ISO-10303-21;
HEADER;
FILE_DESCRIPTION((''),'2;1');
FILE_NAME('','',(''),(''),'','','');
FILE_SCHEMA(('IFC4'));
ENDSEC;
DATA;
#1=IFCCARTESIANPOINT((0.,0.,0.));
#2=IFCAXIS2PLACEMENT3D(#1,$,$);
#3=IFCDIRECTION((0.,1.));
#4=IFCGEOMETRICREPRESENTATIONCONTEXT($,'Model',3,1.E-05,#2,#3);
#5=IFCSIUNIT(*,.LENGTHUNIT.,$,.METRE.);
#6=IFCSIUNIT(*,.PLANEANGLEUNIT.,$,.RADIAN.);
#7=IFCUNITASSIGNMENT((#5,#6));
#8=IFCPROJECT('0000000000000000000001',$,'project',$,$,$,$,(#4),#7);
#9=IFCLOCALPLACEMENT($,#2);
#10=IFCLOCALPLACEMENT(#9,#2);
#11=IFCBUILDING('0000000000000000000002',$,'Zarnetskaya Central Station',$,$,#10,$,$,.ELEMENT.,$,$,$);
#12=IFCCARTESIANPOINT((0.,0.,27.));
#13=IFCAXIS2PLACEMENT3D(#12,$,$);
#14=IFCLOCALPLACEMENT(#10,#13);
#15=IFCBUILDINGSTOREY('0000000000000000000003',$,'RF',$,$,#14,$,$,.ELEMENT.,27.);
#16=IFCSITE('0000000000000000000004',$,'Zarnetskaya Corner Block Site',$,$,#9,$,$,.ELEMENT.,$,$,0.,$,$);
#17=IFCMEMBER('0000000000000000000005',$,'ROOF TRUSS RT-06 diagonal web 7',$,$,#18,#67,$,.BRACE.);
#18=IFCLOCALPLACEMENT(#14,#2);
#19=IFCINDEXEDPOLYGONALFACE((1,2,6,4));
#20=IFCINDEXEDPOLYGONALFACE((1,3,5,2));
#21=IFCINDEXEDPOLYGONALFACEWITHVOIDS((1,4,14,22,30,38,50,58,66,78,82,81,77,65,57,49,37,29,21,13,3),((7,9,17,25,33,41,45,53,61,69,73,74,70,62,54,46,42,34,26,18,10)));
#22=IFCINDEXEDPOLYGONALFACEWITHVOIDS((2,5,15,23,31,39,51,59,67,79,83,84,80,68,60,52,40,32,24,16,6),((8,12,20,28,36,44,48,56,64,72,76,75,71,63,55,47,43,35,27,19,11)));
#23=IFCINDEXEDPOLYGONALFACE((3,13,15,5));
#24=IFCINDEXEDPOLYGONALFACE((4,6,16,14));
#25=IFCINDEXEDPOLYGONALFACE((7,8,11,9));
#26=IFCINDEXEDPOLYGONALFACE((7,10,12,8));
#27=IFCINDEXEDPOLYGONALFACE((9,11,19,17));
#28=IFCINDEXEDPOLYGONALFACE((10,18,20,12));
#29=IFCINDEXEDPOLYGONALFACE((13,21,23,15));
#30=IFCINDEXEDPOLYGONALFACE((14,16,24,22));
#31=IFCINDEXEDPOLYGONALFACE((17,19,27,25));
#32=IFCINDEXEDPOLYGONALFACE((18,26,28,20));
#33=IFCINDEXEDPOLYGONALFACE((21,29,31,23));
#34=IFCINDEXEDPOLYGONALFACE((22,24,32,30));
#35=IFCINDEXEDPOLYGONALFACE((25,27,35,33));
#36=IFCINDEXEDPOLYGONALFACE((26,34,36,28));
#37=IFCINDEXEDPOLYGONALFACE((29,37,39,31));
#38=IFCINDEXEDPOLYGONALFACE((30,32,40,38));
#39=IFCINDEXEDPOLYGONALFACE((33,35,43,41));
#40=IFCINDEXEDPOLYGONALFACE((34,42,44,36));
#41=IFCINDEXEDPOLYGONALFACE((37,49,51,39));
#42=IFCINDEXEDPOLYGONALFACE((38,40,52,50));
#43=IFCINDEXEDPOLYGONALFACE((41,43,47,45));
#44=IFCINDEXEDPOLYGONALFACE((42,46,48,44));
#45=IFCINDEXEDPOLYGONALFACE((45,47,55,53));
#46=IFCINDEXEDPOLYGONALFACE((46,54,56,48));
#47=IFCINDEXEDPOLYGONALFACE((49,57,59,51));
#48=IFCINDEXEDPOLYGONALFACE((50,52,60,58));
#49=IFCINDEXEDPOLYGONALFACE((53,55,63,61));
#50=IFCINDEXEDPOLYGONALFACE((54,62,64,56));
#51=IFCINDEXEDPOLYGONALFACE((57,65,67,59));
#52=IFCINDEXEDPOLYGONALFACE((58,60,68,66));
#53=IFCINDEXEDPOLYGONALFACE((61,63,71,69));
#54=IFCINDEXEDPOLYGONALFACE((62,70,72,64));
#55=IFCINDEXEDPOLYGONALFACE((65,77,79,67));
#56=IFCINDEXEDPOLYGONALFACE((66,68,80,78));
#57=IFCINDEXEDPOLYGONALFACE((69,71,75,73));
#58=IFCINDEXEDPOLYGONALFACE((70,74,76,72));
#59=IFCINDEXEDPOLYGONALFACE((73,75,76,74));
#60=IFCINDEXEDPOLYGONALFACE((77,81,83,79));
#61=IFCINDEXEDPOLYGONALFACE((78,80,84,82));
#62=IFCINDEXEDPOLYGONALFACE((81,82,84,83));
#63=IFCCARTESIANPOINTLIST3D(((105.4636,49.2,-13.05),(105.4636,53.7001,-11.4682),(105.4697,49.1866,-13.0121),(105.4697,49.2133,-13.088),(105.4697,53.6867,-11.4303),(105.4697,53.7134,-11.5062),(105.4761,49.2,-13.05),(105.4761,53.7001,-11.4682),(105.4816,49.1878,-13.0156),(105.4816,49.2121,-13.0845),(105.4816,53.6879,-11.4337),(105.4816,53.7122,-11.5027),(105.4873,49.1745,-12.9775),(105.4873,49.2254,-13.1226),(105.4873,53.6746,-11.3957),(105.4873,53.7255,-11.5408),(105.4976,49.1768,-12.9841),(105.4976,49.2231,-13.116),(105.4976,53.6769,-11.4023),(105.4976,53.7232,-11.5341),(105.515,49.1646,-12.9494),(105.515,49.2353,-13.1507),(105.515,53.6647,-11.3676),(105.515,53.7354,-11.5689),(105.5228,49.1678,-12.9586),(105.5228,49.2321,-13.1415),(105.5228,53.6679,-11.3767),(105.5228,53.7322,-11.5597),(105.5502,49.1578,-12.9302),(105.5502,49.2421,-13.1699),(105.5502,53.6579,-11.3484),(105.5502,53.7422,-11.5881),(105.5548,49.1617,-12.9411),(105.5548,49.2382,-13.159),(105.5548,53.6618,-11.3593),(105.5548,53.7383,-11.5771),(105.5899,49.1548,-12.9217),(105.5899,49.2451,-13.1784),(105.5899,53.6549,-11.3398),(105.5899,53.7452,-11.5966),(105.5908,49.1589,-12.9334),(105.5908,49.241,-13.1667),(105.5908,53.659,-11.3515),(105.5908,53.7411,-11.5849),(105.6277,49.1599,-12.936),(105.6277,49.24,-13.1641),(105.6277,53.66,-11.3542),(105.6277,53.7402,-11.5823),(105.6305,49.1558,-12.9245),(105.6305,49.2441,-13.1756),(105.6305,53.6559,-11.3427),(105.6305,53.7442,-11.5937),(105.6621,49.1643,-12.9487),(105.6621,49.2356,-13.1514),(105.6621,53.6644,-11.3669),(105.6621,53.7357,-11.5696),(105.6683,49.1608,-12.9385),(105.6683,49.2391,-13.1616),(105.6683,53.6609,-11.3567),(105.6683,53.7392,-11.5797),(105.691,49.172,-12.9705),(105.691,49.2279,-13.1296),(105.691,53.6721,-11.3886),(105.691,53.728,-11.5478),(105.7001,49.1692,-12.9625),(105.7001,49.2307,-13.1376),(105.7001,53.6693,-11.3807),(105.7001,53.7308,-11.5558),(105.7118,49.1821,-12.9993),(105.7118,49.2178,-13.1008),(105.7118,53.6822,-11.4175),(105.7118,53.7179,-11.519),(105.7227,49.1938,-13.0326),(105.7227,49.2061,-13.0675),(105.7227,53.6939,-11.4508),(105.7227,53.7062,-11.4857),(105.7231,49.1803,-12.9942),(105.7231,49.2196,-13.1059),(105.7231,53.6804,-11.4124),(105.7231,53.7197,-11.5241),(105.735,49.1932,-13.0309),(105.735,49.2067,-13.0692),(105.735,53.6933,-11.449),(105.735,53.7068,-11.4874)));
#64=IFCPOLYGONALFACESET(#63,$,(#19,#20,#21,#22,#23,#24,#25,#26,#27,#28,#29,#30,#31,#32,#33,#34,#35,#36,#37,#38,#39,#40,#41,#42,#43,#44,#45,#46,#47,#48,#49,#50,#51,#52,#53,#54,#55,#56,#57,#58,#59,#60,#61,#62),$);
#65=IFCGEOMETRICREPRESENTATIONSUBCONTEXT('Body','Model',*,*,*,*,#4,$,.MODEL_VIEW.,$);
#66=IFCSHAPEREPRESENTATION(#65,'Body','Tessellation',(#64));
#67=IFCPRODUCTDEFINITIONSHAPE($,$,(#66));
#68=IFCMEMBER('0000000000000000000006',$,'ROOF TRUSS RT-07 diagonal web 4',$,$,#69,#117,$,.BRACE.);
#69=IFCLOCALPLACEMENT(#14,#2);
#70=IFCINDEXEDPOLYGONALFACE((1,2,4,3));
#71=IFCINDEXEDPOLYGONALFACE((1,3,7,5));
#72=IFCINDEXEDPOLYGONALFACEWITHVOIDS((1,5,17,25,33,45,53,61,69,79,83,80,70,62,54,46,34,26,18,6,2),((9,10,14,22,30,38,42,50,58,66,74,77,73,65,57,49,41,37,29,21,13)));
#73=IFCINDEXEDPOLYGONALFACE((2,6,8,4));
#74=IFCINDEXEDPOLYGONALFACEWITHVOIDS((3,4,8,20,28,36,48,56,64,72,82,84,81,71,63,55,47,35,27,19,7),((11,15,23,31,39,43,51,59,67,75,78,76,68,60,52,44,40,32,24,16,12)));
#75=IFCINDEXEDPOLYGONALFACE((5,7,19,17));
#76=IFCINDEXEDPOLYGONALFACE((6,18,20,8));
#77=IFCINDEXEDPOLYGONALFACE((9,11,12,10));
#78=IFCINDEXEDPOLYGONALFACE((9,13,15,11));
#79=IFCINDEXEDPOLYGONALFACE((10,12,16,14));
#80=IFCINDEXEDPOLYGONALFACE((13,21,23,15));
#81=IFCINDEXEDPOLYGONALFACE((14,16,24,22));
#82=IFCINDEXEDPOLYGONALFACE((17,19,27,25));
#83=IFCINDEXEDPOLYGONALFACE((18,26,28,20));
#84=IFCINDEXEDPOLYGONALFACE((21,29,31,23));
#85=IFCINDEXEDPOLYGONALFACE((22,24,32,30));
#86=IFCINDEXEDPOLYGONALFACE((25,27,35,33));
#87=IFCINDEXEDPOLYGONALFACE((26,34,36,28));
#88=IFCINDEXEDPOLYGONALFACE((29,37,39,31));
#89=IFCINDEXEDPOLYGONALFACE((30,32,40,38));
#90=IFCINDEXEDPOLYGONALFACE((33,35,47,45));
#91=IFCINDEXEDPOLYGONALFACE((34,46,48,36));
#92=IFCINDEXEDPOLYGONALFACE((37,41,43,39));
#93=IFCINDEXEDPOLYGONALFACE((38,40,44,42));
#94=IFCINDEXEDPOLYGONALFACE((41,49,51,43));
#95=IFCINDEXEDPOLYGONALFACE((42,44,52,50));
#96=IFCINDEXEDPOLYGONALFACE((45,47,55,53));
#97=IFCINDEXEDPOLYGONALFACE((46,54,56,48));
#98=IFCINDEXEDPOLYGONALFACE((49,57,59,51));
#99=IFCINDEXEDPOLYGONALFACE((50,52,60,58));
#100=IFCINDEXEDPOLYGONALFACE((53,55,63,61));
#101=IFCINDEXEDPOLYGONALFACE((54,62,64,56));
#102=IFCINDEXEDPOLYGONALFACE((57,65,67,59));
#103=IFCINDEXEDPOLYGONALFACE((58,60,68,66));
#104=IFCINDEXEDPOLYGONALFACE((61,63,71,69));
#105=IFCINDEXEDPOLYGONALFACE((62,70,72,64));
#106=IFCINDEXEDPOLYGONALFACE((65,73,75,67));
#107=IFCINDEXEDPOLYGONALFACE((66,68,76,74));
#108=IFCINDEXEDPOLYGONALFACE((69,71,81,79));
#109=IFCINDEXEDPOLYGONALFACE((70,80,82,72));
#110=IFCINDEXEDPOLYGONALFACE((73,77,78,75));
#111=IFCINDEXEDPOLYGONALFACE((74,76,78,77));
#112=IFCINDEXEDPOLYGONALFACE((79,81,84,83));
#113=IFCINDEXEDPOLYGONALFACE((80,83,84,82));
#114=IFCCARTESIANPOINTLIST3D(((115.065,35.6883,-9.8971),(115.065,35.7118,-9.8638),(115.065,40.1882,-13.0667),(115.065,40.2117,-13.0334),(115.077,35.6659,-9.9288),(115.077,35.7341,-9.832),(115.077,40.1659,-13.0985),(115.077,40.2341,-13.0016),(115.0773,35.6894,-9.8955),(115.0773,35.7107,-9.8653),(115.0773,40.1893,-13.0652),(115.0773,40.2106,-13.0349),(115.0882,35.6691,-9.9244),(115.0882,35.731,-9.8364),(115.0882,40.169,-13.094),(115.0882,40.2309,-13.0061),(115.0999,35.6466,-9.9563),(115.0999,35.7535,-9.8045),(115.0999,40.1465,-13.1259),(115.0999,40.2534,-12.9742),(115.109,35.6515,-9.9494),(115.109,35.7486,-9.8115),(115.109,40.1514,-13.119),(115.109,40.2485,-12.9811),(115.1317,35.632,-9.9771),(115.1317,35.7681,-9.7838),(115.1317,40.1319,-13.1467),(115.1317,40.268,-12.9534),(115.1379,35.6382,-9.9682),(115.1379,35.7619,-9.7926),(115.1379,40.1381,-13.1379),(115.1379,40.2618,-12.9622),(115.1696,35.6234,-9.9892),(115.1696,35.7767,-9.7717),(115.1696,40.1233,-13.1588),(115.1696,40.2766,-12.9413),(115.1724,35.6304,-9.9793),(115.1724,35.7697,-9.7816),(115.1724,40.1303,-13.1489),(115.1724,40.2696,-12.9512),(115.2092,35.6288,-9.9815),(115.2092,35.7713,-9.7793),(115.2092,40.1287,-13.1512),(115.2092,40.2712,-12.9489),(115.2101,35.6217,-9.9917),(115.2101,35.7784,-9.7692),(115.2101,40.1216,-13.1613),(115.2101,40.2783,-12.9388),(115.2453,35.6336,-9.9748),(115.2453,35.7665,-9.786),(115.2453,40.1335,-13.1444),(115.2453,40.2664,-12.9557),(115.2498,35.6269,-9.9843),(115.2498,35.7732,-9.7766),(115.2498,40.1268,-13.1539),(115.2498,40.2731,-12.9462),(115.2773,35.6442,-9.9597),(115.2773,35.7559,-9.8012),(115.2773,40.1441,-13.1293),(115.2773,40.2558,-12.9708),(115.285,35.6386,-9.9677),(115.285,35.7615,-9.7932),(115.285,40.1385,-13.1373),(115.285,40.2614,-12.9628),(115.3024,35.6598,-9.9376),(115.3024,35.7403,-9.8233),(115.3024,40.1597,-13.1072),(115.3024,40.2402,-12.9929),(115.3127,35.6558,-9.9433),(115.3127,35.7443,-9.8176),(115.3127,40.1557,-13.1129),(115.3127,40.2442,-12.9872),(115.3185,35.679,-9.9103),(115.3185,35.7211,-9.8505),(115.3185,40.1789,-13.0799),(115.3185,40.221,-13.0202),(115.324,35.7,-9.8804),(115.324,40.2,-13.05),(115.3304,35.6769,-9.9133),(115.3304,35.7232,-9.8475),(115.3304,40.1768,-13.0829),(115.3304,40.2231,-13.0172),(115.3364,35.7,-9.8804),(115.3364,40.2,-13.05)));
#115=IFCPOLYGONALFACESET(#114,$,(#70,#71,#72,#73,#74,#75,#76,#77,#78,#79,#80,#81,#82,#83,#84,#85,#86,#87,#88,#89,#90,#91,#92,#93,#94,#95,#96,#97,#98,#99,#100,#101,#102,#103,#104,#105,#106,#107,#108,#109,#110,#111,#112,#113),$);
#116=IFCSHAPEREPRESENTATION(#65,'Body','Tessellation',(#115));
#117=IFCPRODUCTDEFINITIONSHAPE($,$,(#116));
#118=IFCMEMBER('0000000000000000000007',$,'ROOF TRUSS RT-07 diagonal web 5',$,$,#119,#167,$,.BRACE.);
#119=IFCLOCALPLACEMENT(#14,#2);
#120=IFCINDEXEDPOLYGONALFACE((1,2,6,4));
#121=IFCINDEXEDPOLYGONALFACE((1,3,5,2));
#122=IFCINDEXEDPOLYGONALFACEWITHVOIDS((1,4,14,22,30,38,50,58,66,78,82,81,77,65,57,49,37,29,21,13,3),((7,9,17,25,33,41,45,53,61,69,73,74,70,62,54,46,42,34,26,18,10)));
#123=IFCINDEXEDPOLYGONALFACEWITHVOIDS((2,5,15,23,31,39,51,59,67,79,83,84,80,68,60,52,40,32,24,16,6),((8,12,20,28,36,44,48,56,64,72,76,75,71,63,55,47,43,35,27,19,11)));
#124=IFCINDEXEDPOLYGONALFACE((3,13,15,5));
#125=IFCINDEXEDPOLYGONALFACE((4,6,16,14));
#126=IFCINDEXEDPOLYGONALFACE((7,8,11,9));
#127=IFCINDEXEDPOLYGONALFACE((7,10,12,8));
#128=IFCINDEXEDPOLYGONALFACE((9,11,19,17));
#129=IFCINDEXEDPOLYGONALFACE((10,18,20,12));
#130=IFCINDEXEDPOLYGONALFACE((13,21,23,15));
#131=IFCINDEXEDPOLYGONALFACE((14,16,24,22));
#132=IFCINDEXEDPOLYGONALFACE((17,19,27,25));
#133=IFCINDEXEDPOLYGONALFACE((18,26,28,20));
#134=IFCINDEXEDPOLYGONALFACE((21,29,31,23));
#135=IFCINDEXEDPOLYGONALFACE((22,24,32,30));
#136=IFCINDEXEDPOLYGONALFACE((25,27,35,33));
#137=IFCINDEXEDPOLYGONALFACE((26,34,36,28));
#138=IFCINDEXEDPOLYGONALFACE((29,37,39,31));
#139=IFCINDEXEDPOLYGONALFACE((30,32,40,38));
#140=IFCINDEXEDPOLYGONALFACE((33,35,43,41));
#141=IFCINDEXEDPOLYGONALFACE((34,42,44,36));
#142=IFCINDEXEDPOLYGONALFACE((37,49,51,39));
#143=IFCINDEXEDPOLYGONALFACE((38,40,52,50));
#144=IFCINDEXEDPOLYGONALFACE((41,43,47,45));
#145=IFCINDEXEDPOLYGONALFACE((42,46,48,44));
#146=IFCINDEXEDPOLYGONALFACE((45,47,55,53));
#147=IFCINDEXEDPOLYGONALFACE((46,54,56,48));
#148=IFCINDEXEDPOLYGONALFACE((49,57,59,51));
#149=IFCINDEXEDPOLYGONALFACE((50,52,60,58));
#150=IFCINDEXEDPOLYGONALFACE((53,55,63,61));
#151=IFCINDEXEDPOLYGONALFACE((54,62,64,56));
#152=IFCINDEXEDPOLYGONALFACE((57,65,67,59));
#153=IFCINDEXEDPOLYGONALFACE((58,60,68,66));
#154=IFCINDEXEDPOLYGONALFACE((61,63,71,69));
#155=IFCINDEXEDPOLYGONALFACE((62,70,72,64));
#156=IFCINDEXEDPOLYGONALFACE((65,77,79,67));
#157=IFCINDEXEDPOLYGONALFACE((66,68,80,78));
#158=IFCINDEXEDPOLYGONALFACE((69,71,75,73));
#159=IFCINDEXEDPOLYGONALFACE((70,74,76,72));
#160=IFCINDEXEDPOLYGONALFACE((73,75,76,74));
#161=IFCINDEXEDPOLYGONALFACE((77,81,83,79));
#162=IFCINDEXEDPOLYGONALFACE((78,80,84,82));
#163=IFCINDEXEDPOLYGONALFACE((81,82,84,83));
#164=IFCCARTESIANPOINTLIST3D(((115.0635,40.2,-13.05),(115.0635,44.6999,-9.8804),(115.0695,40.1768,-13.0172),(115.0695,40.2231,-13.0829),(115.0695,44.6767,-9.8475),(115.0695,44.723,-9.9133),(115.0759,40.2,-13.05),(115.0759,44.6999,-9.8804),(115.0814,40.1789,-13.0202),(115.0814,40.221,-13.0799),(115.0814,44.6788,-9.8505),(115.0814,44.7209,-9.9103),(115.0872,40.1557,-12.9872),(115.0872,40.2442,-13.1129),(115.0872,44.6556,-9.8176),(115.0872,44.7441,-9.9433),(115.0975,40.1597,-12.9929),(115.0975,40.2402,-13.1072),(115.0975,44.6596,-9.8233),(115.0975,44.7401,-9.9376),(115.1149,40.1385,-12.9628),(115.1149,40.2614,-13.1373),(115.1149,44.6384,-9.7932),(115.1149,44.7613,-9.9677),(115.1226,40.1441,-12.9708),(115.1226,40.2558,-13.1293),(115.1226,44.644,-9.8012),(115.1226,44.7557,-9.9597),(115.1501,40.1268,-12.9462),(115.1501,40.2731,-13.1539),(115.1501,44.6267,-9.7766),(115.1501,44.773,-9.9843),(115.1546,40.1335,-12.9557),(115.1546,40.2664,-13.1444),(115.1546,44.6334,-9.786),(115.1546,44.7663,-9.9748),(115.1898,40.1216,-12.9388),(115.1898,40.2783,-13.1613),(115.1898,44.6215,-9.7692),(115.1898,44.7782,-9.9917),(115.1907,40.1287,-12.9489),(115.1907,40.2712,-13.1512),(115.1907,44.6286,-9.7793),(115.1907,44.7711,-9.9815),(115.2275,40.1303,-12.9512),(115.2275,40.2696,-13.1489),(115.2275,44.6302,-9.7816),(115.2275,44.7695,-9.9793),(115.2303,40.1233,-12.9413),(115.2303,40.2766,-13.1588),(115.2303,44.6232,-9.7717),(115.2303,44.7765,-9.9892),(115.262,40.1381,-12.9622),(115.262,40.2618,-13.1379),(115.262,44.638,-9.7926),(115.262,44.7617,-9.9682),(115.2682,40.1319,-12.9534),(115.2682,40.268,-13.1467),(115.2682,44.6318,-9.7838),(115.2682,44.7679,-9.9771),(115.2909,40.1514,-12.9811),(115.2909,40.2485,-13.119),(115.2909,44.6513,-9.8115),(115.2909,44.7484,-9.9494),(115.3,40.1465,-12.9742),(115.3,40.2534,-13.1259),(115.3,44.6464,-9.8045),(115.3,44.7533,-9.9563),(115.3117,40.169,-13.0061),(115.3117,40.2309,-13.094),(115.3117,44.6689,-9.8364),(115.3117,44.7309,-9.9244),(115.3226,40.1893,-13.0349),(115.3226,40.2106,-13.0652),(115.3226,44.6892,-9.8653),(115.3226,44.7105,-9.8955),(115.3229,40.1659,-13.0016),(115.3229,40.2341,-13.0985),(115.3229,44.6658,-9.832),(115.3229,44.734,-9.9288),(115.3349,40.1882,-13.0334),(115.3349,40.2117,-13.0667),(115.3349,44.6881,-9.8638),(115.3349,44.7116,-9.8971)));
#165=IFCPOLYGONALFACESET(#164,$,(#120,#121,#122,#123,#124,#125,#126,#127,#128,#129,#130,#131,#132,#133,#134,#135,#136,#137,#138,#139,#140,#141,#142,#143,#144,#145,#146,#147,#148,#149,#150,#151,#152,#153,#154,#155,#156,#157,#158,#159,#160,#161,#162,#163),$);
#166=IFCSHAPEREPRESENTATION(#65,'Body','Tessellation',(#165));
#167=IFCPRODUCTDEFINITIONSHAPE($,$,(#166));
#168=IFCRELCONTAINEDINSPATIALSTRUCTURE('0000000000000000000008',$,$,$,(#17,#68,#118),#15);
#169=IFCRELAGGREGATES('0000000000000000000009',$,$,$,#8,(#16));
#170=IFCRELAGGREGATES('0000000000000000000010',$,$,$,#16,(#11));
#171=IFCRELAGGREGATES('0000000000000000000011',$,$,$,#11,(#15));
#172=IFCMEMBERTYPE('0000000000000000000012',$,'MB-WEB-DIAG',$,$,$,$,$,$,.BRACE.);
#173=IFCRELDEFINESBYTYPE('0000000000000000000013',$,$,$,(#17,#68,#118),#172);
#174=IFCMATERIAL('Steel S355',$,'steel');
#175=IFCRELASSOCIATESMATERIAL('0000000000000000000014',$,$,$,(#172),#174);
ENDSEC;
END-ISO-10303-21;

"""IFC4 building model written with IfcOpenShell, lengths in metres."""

from ifc_helpers import new_model, si_unit, direction, frame, origin, origin_2d, place, context, subcontext, project, spatial, hollow_circle, extrude, material, material_profile, profile_set, type_object, element, save


model = new_model("IFC4")

# Units and contexts
model_context = context("Model", 3, precision=1e-05, world=origin(), true_north=direction((0.0, 1.0)))
body_context = subcontext(model_context, "Body", "Model", "MODEL_VIEW")
ifc_project = project(units=[si_unit("LENGTHUNIT", "METRE"), si_unit("PLANEANGLEUNIT", "RADIAN")], contexts=[model_context])

# Site, building, storey
site_placement = place(None, origin())
site = spatial("IfcSite", under=ifc_project, at=site_placement, Name="Zarnetskaya Corner Block Site", CompositionType="ELEMENT", RefElevation=0.0)
building_placement = place(site_placement, origin())
building = spatial("IfcBuilding", under=site, at=building_placement, Name="Zarnetskaya Central Station", CompositionType="ELEMENT")
storey_placement = place(building_placement, frame((0.0, 0.0, 27.0)))
storey = spatial("IfcBuildingStorey", under=building, at=storey_placement, Name="RF", CompositionType="ELEMENT", Elevation=27.0)

# Members
ifc_material = material(Name="Steel S355", Category="steel")
ifc_material_profile_1 = material_profile(ifc_material, hollow_circle(Radius=0.1365, WallThickness=0.0125, at=origin_2d()), Name="CHS 273x12.5")
ifc_profile_set_1 = profile_set([ifc_material_profile_1], Name="Steel S355")
member_type_1 = type_object("IfcMemberType", Name="MB-WEB-DIAG", PredefinedType="BRACE", material=ifc_profile_set_1)
member_1_placement = place(storey_placement, frame((105.6001, 49.2, -13.05), z_axis=(0.0, 0.943414, 0.331618), x_axis=(-1.0, 0.0, 0.0)))
element("IfcMember", 1, at=member_1_placement, inside=storey, type_object=member_type_1, Name="ROOF TRUSS RT-06 diagonal web 7", PredefinedType="BRACE", context=body_context, shape_type="SweptSolid", body=[
    extrude(hollow_circle(Radius=0.1365, WallThickness=0.0125, at=origin_2d()), origin(), (0.0, 0.0, 1.0), 4.77),
])
for number, where, z_axis, x_axis, name in (
    (2, (115.2, 40.2, -13.05), (0.0, -0.817549, 0.575859), (1.0, 0.0, 0.0), "ROOF TRUSS RT-07 diagonal web 4"),
    (3, (115.2, 40.2, -13.05), (0.0, 0.817549, 0.575859), (-1.0, 0.0, 0.0), "ROOF TRUSS RT-07 diagonal web 5"),
):
    element("IfcMember", number, at=place(storey_placement, frame(where, z_axis=z_axis, x_axis=x_axis)), inside=storey, type_object=member_type_1, Name=name, PredefinedType="BRACE", context=body_context, shape_type="SweptSolid", body=[
        extrude(hollow_circle(Radius=0.1365, WallThickness=0.0125, at=origin_2d()), origin(), (0.0, 0.0, 1.0), 5.5042),
    ])

save(model, "model.ifc")
